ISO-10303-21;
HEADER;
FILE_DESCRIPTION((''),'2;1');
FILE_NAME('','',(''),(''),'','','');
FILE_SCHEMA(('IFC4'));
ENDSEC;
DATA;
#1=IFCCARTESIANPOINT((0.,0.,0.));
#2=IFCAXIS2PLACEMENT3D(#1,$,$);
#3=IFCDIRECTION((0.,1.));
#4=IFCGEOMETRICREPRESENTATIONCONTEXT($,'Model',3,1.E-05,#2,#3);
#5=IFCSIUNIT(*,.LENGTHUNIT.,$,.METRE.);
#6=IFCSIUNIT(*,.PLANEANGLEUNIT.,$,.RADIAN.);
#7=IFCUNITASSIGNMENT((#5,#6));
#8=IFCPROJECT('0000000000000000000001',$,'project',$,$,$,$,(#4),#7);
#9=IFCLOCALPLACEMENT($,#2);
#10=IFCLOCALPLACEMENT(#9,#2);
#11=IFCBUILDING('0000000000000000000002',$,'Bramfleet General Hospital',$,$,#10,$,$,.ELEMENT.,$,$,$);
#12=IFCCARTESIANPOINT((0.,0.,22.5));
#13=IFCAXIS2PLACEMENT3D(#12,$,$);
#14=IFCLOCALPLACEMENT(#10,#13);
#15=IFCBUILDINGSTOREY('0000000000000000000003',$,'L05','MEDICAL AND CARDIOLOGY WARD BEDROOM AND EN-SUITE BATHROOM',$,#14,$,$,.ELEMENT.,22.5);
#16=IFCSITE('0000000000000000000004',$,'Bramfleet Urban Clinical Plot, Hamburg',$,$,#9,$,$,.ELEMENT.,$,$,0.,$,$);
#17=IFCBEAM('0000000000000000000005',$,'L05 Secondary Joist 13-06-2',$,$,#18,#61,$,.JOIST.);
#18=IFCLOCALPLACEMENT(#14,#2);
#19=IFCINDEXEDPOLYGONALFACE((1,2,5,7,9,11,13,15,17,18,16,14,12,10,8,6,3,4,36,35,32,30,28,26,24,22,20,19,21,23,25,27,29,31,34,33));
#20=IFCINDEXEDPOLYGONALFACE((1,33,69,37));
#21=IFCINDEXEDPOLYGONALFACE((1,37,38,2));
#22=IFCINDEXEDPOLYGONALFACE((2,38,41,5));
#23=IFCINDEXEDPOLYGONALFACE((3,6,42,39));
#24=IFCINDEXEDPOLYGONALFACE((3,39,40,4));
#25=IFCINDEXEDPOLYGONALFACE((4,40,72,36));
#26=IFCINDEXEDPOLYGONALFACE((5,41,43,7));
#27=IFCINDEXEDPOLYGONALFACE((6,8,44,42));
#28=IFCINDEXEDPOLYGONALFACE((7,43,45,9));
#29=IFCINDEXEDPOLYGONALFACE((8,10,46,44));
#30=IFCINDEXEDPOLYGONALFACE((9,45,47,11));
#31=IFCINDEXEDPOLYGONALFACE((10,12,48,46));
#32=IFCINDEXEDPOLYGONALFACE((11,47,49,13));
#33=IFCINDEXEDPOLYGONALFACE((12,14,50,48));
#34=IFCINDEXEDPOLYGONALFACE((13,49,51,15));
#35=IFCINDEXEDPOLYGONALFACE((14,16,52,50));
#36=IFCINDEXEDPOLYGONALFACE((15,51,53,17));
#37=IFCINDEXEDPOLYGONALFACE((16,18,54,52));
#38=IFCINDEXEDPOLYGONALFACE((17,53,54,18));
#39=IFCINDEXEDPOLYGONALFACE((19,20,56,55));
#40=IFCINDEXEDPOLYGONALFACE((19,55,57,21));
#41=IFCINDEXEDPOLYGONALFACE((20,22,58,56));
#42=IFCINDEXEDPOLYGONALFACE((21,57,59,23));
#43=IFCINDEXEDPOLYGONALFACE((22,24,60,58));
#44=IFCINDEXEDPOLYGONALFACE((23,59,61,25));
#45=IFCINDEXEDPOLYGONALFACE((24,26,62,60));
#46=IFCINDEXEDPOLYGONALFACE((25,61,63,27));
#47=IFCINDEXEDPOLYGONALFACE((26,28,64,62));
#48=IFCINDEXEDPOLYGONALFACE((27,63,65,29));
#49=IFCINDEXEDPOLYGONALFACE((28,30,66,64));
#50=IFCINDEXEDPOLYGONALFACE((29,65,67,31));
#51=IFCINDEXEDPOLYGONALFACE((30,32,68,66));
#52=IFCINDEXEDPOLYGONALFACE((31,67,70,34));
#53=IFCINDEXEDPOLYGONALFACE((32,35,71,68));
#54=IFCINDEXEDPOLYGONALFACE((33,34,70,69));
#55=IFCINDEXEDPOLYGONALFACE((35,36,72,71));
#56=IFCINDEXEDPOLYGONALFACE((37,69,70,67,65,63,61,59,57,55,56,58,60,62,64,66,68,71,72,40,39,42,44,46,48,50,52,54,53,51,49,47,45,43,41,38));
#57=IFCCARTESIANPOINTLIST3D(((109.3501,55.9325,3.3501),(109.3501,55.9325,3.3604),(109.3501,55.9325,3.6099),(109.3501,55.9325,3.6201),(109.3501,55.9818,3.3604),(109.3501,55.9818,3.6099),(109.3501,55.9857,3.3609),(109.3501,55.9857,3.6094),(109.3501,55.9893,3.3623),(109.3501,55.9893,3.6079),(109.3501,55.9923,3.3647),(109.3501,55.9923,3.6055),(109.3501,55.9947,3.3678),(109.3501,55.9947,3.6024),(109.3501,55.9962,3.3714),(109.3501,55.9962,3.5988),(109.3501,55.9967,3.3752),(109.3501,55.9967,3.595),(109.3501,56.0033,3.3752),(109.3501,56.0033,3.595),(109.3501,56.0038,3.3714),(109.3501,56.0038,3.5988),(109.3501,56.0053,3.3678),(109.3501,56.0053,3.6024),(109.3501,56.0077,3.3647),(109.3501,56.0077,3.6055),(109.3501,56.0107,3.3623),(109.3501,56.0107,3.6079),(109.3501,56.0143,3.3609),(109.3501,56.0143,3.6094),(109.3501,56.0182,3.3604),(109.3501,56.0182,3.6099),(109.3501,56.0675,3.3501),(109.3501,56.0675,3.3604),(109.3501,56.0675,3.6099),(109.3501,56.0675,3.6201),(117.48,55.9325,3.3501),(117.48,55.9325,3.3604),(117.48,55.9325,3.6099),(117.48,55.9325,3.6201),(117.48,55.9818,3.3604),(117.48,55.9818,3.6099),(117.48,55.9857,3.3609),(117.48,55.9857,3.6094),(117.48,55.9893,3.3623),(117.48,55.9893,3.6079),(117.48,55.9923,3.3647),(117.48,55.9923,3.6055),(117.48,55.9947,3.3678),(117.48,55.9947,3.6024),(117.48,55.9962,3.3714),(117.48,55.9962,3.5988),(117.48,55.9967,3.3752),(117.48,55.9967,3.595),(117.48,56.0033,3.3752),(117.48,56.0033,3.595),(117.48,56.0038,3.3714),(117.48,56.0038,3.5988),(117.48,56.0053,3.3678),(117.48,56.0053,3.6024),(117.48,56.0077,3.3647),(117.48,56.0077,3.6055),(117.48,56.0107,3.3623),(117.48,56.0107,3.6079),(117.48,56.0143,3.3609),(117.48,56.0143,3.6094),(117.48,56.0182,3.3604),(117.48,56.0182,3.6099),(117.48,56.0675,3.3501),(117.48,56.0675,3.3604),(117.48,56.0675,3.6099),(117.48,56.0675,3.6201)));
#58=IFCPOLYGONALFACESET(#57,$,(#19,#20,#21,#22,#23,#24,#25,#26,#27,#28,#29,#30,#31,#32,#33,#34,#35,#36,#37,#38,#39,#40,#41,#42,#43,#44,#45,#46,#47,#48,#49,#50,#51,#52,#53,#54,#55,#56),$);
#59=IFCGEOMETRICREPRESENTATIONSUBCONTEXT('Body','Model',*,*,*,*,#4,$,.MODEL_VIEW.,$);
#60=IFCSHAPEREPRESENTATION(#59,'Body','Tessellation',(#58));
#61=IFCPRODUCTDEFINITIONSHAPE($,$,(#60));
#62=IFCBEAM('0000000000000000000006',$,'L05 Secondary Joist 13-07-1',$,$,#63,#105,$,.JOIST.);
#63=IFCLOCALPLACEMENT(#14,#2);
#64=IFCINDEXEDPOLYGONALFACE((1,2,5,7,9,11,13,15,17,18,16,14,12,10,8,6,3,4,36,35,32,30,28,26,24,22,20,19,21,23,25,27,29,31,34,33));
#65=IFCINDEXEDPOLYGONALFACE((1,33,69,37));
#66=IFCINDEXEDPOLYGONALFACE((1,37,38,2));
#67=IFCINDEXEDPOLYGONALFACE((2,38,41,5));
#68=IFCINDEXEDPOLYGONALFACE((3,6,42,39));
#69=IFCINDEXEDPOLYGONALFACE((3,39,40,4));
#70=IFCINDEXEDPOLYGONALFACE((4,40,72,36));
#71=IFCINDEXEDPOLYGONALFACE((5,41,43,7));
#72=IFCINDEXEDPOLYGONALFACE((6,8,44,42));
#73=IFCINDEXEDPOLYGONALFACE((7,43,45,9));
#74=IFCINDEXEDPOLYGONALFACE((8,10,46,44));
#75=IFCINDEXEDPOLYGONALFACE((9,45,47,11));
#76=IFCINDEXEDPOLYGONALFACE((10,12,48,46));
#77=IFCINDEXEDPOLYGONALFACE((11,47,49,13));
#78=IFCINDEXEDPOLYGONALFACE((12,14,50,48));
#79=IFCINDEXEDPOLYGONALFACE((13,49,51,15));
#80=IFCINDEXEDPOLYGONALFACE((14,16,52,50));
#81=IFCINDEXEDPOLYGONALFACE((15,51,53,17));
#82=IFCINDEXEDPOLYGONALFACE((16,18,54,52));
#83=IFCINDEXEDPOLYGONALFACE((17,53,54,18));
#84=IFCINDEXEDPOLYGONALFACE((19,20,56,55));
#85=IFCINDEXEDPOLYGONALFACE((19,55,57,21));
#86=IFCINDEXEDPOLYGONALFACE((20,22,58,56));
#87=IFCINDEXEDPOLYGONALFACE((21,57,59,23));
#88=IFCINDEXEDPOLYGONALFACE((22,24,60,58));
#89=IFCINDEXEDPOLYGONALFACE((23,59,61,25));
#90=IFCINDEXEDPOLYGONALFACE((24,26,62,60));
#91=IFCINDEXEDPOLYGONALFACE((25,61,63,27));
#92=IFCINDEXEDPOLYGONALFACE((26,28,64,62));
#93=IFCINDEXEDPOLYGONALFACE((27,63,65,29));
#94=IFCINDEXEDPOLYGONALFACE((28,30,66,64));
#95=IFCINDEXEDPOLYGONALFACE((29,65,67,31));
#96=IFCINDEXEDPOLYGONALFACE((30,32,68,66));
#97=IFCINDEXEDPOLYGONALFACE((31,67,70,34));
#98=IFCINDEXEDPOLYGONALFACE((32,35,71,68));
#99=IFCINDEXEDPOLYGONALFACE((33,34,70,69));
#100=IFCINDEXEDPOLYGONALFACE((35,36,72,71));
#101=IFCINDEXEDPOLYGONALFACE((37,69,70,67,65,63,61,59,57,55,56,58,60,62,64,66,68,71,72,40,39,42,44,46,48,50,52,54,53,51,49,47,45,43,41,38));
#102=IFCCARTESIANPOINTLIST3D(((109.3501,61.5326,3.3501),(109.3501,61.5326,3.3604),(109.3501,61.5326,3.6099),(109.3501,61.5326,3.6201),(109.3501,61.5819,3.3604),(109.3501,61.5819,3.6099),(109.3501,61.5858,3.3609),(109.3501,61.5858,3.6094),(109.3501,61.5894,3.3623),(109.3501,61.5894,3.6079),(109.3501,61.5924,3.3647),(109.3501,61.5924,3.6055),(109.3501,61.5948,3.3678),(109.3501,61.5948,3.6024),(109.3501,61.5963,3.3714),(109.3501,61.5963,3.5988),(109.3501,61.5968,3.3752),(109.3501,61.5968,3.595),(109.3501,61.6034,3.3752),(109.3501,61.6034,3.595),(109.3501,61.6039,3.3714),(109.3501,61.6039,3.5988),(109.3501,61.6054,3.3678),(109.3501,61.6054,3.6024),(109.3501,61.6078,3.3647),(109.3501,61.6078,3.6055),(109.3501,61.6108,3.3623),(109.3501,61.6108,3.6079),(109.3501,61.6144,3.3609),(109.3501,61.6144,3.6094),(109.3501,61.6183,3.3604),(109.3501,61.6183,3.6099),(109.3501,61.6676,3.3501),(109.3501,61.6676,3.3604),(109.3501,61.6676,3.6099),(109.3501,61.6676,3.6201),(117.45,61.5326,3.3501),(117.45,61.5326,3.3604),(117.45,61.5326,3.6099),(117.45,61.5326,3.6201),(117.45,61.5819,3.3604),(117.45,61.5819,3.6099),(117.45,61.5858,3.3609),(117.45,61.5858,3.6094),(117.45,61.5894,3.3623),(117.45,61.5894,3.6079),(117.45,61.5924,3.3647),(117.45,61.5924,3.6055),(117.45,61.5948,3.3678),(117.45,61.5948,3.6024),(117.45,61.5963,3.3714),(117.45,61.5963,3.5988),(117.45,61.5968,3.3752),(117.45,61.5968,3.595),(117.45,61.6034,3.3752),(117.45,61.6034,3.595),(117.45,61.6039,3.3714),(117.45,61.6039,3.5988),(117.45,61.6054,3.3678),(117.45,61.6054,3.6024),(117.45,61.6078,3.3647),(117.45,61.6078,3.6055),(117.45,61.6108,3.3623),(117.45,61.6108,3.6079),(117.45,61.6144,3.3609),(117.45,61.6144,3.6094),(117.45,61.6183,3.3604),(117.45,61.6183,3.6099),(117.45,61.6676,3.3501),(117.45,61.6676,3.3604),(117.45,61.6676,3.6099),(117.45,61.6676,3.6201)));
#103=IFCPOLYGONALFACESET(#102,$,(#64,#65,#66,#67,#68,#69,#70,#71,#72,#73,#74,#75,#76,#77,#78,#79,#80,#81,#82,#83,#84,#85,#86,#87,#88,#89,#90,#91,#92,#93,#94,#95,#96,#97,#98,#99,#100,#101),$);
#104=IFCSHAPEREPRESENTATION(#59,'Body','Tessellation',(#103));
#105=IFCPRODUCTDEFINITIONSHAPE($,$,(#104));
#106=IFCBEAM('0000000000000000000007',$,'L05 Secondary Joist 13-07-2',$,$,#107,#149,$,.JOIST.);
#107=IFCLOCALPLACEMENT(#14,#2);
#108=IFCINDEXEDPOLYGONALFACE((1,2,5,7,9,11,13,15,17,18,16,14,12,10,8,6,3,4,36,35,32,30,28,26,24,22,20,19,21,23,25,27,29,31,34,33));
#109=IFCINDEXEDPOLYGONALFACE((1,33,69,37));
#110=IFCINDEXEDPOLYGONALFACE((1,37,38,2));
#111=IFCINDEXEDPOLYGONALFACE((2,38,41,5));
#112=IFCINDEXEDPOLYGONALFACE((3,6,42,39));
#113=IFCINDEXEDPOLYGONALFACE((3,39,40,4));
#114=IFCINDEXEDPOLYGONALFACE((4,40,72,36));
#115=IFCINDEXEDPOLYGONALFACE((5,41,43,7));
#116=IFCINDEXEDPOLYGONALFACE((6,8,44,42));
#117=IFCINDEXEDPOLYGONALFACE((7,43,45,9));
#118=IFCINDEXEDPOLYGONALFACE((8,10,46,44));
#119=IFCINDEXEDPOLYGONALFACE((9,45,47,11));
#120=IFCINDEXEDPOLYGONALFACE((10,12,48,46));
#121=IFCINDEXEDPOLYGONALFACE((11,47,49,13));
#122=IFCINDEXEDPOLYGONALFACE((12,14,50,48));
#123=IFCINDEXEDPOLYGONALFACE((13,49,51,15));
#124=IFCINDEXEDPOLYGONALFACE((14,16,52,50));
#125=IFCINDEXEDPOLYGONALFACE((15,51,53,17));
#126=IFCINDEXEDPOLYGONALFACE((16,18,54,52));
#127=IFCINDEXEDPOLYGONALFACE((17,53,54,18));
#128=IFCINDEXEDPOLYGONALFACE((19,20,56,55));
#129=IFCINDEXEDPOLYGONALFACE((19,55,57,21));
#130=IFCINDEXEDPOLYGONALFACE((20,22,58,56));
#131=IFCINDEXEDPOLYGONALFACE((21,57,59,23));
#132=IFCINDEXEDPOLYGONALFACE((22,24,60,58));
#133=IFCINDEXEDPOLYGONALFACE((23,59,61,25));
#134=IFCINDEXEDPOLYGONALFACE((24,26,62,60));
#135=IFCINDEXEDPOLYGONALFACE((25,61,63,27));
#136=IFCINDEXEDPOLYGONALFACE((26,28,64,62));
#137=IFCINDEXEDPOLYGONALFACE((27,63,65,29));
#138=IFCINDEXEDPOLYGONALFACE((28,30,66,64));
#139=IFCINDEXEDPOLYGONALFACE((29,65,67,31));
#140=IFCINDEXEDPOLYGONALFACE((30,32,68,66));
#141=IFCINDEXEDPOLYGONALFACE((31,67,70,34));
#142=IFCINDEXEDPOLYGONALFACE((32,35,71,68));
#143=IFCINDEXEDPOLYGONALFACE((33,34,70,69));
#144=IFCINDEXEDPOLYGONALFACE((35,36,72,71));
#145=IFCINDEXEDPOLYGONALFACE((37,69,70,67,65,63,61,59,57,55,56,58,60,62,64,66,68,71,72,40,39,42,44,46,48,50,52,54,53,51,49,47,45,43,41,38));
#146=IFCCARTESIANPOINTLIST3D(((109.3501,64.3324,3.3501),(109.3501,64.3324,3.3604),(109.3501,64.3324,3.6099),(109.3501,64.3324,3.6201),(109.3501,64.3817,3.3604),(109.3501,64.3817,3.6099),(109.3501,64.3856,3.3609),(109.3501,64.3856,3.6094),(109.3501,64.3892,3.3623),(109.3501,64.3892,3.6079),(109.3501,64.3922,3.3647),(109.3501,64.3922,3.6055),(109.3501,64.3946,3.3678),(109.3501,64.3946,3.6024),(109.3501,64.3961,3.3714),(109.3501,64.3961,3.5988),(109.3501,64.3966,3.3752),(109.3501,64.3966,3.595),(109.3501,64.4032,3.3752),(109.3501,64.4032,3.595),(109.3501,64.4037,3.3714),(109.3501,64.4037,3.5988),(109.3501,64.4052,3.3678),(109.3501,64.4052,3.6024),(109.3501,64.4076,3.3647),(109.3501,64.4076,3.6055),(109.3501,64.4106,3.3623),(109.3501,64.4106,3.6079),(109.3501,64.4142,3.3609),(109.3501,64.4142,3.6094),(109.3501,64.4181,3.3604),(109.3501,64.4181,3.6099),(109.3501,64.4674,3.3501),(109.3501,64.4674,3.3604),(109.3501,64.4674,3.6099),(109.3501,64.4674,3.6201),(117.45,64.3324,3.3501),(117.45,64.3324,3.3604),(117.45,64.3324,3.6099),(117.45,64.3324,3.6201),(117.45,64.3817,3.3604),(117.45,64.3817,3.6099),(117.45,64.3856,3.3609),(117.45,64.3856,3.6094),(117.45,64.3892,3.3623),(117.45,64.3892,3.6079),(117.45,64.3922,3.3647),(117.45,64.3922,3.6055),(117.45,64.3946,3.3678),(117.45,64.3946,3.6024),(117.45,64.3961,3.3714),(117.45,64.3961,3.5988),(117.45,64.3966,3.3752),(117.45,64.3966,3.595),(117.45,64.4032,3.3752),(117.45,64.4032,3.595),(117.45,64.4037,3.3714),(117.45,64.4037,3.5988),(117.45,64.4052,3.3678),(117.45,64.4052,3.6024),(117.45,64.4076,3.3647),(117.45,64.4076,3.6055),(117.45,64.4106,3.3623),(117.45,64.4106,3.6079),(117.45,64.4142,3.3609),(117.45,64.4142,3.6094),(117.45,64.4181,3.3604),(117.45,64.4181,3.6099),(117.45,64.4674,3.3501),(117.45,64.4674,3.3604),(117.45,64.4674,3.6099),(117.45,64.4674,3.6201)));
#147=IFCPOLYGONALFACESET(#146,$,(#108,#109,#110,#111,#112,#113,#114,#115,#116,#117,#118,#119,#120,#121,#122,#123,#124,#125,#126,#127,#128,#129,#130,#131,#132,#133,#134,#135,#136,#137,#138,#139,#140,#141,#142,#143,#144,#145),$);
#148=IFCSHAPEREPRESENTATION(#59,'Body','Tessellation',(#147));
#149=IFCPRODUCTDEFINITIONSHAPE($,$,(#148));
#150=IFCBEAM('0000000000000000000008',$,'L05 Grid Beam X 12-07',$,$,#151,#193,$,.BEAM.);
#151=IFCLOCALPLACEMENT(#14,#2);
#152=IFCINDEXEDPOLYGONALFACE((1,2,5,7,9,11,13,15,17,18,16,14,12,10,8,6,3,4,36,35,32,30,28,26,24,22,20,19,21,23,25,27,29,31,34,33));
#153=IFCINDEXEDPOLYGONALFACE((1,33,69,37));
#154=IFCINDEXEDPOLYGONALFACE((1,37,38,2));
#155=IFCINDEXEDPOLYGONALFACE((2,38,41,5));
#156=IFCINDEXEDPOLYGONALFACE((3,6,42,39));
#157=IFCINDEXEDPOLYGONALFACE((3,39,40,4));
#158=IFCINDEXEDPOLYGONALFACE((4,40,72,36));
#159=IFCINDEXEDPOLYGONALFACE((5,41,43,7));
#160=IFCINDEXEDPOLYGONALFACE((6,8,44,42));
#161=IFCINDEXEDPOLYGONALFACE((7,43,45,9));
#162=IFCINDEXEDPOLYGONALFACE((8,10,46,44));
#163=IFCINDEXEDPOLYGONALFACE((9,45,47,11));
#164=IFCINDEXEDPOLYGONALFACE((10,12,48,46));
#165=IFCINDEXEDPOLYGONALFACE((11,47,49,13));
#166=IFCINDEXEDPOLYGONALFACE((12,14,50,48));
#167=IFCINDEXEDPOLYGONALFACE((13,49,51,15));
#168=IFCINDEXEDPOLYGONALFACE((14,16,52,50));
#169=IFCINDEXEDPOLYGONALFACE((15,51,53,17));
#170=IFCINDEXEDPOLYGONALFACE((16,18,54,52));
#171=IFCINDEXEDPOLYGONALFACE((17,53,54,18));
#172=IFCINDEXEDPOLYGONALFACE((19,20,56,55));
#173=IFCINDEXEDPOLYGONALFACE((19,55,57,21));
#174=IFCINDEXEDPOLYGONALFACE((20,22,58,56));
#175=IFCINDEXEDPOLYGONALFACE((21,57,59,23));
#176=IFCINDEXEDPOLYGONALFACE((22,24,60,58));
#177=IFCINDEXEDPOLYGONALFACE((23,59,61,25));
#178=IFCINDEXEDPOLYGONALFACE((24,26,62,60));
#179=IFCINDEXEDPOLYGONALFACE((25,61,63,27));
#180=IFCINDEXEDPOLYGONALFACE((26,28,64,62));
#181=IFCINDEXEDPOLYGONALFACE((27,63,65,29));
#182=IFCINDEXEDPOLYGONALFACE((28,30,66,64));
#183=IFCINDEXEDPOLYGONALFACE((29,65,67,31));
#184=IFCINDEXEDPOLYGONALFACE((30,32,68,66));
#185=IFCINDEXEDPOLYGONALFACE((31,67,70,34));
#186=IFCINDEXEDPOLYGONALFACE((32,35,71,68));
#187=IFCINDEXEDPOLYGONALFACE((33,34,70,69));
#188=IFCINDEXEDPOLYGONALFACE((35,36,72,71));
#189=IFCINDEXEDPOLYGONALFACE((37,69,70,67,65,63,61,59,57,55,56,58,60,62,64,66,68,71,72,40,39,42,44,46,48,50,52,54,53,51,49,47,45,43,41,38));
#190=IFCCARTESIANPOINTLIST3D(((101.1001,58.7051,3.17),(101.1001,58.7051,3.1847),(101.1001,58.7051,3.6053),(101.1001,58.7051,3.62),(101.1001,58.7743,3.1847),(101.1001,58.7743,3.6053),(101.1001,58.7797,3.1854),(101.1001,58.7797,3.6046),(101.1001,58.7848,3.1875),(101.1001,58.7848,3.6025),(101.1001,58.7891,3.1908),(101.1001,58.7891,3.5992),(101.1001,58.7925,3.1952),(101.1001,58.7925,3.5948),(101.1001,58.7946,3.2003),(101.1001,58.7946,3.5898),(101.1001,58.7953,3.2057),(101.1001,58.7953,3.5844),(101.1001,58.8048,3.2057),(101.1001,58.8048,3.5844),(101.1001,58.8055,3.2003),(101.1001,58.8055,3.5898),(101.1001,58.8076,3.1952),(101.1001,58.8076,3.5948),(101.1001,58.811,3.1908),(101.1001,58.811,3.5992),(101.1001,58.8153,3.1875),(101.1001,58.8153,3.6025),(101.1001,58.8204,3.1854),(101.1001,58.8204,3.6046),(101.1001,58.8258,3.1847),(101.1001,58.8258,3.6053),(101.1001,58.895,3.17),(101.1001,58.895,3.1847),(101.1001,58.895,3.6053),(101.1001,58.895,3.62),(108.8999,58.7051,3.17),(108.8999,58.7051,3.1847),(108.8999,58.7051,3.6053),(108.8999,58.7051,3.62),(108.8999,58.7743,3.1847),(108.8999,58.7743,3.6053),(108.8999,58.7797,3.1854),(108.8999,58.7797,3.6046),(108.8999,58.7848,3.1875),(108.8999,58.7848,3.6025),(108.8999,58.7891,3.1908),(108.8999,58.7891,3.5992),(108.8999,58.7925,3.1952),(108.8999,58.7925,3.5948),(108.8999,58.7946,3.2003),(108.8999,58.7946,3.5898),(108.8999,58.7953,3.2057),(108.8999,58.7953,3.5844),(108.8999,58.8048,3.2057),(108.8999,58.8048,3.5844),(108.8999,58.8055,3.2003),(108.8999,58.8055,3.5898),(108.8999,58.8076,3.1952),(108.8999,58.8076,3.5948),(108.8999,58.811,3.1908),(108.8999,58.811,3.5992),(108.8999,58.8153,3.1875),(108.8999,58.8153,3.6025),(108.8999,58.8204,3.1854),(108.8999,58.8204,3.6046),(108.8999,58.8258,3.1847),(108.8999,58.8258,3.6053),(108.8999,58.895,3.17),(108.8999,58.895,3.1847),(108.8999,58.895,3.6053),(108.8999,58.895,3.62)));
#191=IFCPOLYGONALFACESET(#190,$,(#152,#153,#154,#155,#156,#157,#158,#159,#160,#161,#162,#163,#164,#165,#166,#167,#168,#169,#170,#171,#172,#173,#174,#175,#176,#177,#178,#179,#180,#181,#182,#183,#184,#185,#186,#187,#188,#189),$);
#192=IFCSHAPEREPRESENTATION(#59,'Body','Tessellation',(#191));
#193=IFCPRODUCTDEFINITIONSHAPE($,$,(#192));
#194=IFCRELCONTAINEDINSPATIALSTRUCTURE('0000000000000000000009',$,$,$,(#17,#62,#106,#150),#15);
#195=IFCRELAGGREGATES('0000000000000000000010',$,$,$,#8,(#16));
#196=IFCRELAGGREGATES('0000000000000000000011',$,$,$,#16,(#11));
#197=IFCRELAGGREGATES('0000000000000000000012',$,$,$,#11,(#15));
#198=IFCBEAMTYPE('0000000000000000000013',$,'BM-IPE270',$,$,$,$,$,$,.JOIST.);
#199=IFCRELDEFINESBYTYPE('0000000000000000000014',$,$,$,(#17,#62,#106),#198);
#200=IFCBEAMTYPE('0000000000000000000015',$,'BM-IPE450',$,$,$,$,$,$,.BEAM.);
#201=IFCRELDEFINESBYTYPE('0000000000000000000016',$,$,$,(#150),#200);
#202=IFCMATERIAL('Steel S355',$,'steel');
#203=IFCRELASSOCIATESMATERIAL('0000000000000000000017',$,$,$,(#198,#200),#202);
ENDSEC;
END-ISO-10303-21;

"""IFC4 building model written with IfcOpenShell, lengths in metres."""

from ifc_helpers import new_model, si_unit, direction, frame, origin, origin_2d, place, context, subcontext, project, spatial, i_section, extrude, material, material_profile, profile_set, type_object, element, save


model = new_model("IFC4")

# Units and contexts
model_context = context("Model", 3, precision=1e-05, world=origin(), true_north=direction((0.0, 1.0)))
body_context = subcontext(model_context, "Body", "Model", "MODEL_VIEW")
ifc_project = project(units=[si_unit("LENGTHUNIT", "METRE"), si_unit("PLANEANGLEUNIT", "RADIAN")], contexts=[model_context])

# Site, building, storey
site_placement = place(None, origin())
site = spatial("IfcSite", under=ifc_project, at=site_placement, Name="Bramfleet Urban Clinical Plot, Hamburg", CompositionType="ELEMENT", RefElevation=0.0)
building_placement = place(site_placement, origin())
building = spatial("IfcBuilding", under=site, at=building_placement, Name="Bramfleet General Hospital", CompositionType="ELEMENT")
storey_placement = place(building_placement, frame((0.0, 0.0, 22.5)))
storey = spatial("IfcBuildingStorey", under=building, at=storey_placement, Name="L05", Description="MEDICAL AND CARDIOLOGY WARD BEDROOM AND EN-SUITE BATHROOM", CompositionType="ELEMENT", Elevation=22.5)

# Beams
ifc_material_1 = material(Name="Steel S355", Category="steel")
ifc_material_profile_1 = material_profile(ifc_material_1, i_section(OverallWidth=0.135, OverallDepth=0.27, WebThickness=0.0066, FlangeThickness=0.0103, FilletRadius=0.0149, at=origin_2d()), Name="IPE 270")
ifc_profile_set_1 = profile_set([ifc_material_profile_1], Name="Steel S355")
beam_type_1 = type_object("IfcBeamType", Name="BM-IPE270", PredefinedType="JOIST", material=ifc_profile_set_1)
for number, where, z_axis, x_axis, name in (
    (1, (109.3501, 56.0, 3.4851), (1.0, 0.0, 0.0), (0.0, 1.0, 0.0), "L05 Secondary Joist 13-06-2"),
):
    element("IfcBeam", number, at=place(storey_placement, frame(where, z_axis=z_axis, x_axis=x_axis)), inside=storey, type_object=beam_type_1, Name=name, PredefinedType="JOIST", context=body_context, shape_type="SweptSolid", body=[
        extrude(i_section(OverallWidth=0.135, OverallDepth=0.27, WebThickness=0.0066, FlangeThickness=0.0103, FilletRadius=0.0149, at=origin_2d()), origin(), (0.0, 0.0, 1.0), 8.1299),
    ])
for number, where, z_axis, x_axis, name in (
    (2, (109.3501, 61.6001, 3.4851), (1.0, 0.0, 0.0), (0.0, 1.0, 0.0), "L05 Secondary Joist 13-07-1"),
    (3, (109.3501, 64.3999, 3.4851), (1.0, 0.0, 0.0), (0.0, 1.0, 0.0), "L05 Secondary Joist 13-07-2"),
):
    element("IfcBeam", number, at=place(storey_placement, frame(where, z_axis=z_axis, x_axis=x_axis)), inside=storey, type_object=beam_type_1, Name=name, PredefinedType="JOIST", context=body_context, shape_type="SweptSolid", body=[
        extrude(i_section(OverallWidth=0.135, OverallDepth=0.27, WebThickness=0.0066, FlangeThickness=0.0103, FilletRadius=0.0149, at=origin_2d()), origin(), (0.0, 0.0, 1.0), 8.0999),
    ])
ifc_material_profile_2 = material_profile(ifc_material_1, i_section(OverallWidth=0.1899, OverallDepth=0.45, WebThickness=0.0095, FlangeThickness=0.0146, FilletRadius=0.021, at=origin_2d()), Name="IPE 450")
ifc_profile_set_2 = profile_set([ifc_material_profile_2], Name="Steel S355")
beam_type_2 = type_object("IfcBeamType", Name="BM-IPE450", PredefinedType="BEAM", material=ifc_profile_set_2)
for number, where, z_axis, x_axis, name in (
    (4, (101.1001, 58.8, 3.395), (1.0, 0.0, 0.0), (0.0, 1.0, 0.0), "L05 Grid Beam X 12-07"),
):
    element("IfcBeam", number, at=place(storey_placement, frame(where, z_axis=z_axis, x_axis=x_axis)), inside=storey, type_object=beam_type_2, Name=name, PredefinedType="BEAM", context=body_context, shape_type="SweptSolid", body=[
        extrude(i_section(OverallWidth=0.1899, OverallDepth=0.45, WebThickness=0.0095, FlangeThickness=0.0146, FilletRadius=0.021, at=origin_2d()), origin(), (0.0, 0.0, 1.0), 7.7998),
    ])

save(model, "model.ifc")
